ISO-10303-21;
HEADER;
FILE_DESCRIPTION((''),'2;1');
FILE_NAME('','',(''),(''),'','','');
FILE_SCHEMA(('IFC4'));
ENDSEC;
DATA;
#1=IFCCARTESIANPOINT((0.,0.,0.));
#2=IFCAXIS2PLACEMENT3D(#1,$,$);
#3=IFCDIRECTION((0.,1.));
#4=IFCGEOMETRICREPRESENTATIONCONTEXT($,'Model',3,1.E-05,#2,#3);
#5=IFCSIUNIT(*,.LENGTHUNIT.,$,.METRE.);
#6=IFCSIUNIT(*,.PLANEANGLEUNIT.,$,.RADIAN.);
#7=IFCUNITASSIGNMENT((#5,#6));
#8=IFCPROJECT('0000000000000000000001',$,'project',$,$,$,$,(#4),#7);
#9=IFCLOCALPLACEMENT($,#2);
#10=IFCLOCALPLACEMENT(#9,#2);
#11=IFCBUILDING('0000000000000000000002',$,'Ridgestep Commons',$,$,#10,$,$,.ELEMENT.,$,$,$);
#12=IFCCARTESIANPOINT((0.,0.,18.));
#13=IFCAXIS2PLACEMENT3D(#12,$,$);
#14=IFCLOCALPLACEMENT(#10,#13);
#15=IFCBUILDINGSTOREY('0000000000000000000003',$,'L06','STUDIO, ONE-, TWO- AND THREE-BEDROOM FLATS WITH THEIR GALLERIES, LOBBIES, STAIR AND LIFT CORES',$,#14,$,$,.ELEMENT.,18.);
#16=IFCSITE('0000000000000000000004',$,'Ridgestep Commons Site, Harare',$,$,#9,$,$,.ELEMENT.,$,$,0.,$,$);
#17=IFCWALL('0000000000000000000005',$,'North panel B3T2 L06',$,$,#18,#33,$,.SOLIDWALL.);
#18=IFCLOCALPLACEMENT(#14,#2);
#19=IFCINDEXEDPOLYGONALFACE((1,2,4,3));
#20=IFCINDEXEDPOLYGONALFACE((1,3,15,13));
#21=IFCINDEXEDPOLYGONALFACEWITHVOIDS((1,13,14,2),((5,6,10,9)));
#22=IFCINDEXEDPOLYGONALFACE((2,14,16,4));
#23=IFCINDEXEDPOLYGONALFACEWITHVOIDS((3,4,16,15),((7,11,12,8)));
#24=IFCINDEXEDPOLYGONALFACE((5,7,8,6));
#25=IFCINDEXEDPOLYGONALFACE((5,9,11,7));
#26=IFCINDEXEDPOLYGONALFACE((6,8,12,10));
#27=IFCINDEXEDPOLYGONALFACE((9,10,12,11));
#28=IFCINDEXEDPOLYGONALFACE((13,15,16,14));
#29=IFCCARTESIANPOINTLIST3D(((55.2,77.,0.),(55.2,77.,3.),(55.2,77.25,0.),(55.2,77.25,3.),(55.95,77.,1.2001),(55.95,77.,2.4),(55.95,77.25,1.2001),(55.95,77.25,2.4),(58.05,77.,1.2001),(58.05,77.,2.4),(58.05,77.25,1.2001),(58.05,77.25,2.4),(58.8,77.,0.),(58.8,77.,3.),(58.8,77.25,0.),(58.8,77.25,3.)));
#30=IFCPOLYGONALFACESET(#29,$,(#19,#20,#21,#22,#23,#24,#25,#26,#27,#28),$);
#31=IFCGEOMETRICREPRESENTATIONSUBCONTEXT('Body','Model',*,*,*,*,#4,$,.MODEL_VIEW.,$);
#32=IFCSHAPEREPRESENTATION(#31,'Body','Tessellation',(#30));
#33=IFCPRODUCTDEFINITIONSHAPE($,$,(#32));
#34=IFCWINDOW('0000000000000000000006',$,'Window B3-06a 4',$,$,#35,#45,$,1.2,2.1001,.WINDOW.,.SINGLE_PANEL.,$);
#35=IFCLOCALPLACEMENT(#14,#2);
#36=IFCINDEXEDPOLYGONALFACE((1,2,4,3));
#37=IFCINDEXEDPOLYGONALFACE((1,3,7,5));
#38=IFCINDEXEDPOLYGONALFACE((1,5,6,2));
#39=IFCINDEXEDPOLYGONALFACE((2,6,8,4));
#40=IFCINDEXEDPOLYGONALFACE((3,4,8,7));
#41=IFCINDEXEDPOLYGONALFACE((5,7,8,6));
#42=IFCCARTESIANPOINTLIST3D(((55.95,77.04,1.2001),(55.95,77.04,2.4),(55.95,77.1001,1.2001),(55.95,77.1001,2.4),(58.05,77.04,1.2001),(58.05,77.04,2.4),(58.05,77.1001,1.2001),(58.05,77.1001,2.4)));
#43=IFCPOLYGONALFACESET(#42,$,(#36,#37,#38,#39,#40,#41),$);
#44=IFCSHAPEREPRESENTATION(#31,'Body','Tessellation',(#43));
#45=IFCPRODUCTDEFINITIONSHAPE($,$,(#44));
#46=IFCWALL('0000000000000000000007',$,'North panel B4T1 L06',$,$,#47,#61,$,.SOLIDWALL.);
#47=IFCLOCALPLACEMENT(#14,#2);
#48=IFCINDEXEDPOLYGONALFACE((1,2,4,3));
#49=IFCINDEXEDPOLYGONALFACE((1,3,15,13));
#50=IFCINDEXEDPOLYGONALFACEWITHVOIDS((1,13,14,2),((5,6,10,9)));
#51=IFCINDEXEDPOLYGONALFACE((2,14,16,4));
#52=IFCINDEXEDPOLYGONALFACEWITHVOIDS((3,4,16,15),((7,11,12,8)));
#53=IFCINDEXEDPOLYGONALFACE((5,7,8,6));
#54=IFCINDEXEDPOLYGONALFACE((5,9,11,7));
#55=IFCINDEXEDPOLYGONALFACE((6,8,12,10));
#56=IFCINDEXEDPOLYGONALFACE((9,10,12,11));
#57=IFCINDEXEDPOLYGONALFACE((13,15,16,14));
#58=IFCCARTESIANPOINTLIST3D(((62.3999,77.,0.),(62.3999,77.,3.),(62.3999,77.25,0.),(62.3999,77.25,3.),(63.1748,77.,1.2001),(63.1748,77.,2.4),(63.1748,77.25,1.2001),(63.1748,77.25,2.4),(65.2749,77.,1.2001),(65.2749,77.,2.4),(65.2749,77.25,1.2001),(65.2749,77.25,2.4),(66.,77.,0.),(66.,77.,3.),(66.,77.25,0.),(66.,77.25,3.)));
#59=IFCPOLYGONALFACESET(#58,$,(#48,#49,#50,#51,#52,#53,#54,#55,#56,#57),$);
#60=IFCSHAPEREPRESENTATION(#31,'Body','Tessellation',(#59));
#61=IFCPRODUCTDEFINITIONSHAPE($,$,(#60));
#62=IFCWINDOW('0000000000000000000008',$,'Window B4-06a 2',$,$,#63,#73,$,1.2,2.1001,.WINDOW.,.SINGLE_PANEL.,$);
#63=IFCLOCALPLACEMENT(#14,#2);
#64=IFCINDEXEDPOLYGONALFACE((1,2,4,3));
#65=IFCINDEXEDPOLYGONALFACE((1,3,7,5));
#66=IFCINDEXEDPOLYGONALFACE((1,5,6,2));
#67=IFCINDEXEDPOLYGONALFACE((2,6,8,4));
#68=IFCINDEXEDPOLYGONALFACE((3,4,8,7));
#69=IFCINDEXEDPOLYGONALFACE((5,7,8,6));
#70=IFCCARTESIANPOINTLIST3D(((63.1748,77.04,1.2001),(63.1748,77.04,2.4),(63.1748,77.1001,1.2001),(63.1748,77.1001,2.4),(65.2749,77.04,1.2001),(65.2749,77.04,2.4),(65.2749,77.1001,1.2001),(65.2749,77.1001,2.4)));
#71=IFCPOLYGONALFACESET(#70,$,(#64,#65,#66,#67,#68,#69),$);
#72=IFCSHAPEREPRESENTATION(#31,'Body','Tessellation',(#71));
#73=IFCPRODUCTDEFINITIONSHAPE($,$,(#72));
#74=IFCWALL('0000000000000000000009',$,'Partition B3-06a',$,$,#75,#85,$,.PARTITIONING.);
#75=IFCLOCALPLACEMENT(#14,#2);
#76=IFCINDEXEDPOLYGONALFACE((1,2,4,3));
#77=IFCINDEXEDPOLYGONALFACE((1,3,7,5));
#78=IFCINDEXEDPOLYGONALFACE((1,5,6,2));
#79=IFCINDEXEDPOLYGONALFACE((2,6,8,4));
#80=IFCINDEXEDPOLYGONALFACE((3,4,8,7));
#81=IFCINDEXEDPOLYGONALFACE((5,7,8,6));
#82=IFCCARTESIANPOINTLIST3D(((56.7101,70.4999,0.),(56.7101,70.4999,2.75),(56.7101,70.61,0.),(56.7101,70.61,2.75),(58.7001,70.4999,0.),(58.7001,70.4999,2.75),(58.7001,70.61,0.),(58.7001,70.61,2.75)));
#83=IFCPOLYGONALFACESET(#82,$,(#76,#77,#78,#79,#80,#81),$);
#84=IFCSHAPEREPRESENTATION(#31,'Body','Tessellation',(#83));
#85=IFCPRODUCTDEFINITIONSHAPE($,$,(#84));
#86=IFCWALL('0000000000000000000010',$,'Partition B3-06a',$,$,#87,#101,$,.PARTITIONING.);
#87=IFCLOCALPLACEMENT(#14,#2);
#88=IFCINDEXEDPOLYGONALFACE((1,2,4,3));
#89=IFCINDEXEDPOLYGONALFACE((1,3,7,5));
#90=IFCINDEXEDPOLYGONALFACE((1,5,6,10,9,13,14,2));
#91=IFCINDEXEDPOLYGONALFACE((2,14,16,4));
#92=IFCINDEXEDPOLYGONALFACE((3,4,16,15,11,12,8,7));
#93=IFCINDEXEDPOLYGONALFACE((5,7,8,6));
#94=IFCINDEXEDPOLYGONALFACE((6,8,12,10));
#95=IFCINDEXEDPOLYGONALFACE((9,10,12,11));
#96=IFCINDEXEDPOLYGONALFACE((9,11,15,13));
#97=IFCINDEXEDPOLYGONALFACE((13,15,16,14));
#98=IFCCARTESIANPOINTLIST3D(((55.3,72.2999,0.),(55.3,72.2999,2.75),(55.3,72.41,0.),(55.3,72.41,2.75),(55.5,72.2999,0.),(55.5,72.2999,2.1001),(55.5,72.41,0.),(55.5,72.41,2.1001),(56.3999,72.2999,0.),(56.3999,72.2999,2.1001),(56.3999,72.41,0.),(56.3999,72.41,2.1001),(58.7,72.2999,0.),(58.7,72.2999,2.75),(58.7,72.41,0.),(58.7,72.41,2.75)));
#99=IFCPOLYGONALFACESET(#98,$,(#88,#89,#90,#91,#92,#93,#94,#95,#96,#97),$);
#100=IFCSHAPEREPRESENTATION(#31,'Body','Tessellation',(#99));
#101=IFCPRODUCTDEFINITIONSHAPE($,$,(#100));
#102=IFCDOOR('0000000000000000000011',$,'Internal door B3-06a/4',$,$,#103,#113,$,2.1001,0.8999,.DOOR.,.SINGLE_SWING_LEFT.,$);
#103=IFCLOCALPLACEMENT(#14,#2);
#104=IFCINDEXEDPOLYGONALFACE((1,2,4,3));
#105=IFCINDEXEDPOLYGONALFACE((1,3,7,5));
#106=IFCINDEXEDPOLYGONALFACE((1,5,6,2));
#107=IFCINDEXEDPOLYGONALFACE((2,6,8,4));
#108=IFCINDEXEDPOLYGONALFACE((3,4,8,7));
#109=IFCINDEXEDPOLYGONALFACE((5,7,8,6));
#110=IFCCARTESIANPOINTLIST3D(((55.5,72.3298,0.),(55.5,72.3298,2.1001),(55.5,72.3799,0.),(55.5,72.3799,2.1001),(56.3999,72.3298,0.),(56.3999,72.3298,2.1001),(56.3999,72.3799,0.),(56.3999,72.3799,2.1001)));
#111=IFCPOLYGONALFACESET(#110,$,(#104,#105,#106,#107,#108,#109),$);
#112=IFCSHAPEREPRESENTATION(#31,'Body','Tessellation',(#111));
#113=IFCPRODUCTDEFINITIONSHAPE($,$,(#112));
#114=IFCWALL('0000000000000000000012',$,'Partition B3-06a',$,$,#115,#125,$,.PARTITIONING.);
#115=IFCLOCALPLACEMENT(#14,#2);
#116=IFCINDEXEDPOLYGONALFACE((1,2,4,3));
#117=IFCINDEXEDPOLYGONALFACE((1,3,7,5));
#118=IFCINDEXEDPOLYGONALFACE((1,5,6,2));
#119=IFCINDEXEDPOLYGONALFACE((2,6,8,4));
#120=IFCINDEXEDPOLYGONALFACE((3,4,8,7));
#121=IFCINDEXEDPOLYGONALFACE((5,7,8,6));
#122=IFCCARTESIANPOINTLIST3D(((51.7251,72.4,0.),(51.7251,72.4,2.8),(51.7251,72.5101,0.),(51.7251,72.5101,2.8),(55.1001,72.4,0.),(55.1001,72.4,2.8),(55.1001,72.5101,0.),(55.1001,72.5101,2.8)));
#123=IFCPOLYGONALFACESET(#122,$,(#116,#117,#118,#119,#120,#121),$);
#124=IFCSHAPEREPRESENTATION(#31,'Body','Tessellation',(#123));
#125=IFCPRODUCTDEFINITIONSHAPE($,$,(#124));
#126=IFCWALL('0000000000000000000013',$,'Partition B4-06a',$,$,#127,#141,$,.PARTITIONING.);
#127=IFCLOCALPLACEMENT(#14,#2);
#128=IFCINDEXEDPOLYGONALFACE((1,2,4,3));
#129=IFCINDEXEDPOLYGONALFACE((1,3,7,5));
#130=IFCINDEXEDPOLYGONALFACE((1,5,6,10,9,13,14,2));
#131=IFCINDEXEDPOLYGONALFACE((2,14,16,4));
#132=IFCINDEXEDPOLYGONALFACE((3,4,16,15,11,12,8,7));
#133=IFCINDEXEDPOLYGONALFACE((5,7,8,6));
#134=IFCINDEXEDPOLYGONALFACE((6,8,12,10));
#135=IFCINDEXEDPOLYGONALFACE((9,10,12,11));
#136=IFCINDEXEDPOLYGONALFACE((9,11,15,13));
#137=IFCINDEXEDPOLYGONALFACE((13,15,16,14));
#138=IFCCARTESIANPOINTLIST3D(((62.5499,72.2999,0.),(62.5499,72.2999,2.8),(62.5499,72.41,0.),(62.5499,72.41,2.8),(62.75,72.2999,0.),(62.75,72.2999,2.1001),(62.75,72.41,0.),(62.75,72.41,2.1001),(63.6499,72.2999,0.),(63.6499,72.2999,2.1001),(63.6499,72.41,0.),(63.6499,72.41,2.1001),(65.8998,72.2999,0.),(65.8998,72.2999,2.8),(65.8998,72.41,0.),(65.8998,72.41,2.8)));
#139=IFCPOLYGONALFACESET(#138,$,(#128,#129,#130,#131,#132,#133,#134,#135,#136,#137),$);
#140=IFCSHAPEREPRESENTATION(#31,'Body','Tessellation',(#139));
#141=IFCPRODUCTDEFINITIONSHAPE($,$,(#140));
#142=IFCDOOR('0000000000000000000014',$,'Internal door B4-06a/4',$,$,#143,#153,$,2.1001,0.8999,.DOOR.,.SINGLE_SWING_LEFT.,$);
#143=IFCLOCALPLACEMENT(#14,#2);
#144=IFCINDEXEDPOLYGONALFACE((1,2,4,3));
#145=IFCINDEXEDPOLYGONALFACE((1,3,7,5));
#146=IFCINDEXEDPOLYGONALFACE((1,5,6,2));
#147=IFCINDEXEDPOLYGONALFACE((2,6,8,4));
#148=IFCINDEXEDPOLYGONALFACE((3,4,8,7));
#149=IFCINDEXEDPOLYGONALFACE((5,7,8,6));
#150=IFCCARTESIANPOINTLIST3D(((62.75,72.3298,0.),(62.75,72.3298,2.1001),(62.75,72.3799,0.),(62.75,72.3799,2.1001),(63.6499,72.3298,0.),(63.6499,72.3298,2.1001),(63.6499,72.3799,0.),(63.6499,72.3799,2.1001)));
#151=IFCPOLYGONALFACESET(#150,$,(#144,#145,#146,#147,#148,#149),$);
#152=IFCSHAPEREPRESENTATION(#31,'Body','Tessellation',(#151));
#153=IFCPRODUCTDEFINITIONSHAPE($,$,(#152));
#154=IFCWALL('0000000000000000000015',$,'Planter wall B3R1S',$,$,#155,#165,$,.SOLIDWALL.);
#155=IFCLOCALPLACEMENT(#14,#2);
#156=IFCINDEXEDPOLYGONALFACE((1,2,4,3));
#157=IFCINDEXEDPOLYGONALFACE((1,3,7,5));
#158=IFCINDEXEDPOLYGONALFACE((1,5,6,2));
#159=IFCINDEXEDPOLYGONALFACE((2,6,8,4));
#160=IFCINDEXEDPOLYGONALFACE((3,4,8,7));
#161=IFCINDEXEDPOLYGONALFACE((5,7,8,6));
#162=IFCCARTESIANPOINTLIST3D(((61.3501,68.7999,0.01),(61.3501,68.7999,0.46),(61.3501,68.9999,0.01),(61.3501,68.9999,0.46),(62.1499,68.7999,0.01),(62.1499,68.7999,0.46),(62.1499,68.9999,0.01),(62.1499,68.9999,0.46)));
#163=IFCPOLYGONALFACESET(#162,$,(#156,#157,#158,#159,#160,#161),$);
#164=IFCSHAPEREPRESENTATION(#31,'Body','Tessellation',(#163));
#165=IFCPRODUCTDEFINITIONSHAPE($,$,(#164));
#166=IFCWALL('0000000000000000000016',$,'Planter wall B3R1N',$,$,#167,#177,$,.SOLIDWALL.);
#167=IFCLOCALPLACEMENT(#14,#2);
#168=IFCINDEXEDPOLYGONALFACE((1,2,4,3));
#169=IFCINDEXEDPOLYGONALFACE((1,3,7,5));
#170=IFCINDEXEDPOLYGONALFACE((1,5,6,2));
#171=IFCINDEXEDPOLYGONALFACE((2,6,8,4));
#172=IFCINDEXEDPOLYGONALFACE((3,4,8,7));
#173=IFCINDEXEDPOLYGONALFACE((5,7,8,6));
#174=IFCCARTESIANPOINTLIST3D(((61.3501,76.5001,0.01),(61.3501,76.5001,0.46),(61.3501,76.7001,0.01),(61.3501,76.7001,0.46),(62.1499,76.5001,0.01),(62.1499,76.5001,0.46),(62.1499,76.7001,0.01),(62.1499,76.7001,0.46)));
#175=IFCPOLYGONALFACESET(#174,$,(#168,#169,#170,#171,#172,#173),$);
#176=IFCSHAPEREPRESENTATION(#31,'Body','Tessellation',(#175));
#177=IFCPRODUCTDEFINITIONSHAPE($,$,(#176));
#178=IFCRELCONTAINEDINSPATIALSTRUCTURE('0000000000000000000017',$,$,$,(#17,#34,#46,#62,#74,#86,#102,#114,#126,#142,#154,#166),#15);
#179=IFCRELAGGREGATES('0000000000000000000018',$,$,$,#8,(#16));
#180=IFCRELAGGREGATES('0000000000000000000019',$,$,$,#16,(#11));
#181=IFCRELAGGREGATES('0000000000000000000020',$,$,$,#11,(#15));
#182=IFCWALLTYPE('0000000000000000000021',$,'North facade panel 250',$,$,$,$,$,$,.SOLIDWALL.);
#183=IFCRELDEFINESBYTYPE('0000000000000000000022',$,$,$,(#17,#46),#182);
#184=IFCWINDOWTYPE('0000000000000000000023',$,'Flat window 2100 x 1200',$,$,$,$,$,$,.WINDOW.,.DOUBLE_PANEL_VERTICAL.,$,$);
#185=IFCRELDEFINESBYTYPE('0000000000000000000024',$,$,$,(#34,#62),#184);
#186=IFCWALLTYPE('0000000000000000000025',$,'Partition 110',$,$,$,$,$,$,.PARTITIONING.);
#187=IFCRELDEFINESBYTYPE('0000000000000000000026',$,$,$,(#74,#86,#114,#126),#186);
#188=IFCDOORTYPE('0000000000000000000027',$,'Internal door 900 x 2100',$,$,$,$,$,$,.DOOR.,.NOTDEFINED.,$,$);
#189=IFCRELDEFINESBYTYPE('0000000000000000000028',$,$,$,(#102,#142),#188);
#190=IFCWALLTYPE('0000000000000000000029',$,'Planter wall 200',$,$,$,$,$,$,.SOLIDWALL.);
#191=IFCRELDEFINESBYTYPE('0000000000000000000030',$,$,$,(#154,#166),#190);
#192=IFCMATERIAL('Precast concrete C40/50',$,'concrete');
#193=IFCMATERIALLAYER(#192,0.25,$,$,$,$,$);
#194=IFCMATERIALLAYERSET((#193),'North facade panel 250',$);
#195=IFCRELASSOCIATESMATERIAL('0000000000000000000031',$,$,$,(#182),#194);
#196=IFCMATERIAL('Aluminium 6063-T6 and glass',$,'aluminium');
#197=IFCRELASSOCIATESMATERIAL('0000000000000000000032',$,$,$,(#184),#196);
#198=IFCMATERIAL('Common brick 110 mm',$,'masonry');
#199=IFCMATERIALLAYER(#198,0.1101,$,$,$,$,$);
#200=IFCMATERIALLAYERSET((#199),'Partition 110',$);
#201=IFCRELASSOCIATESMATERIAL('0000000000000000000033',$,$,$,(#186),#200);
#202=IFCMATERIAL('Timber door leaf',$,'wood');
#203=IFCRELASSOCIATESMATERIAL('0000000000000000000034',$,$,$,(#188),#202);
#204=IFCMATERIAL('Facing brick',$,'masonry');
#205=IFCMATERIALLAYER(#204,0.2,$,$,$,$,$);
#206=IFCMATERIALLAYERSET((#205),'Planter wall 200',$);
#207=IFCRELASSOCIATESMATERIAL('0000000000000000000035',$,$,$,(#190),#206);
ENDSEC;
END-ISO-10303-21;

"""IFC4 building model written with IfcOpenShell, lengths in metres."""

from ifc_helpers import new_model, si_unit, direction, frame, frame_2d, origin, place, context, subcontext, project, spatial, rectangle, extrude, material, layer, layer_set, type_object, element, fill, save


model = new_model("IFC4")

# Units and contexts
model_context = context("Model", 3, precision=1e-05, world=origin(), true_north=direction((0.0, 1.0)))
body_context = subcontext(model_context, "Body", "Model", "MODEL_VIEW")
ifc_project = project(units=[si_unit("LENGTHUNIT", "METRE"), si_unit("PLANEANGLEUNIT", "RADIAN")], contexts=[model_context])

# Site, building, storey
site_placement = place(None, origin())
site = spatial("IfcSite", under=ifc_project, at=site_placement, Name="Ridgestep Commons Site, Harare", CompositionType="ELEMENT", RefElevation=0.0)
building_placement = place(site_placement, origin())
building = spatial("IfcBuilding", under=site, at=building_placement, Name="Ridgestep Commons", CompositionType="ELEMENT")
storey_placement = place(building_placement, frame((0.0, 0.0, 18.0)))
storey = spatial("IfcBuildingStorey", under=building, at=storey_placement, Name="L06", Description="STUDIO, ONE-, TWO- AND THREE-BEDROOM FLATS WITH THEIR GALLERIES, LOBBIES, STAIR AND LIFT CORES", CompositionType="ELEMENT", Elevation=18.0)

# Walls, openings, windows
ifc_material_1 = material(Name="Precast concrete C40/50", Category="concrete")
ifc_layer_1 = layer(ifc_material_1, 0.25)
ifc_layer_set_1 = layer_set([ifc_layer_1], Name="North facade panel 250")
wall_type_1 = type_object("IfcWallType", Name="North facade panel 250", PredefinedType="SOLIDWALL", material=ifc_layer_set_1)
wall_1_placement = place(storey_placement, frame((55.2, 77.125, 0.0), z_axis=(0.0, 0.0, 1.0), x_axis=(1.0, 0.0, 0.0)))
wall_1 = element("IfcWall", 1, at=wall_1_placement, inside=storey, type_object=wall_type_1, Name="North panel B3T2 L06", PredefinedType="SOLIDWALL", context=body_context, shape_type="SweptSolid", body=[
    extrude(rectangle(XDim=3.6001, YDim=0.25, at=frame_2d((1.8, 0.0))), origin(), (0.0, 0.0, 1.0), 3.0),
])
opening_1_placement = place(wall_1_placement, frame((0.75, 0.0, 1.2)))
opening_1 = element("IfcOpeningElement", 2, at=opening_1_placement, cuts=wall_1, PredefinedType="OPENING", context=body_context, shape_type="SweptSolid", body=[
    extrude(rectangle(XDim=2.1001, YDim=1.2, at=frame_2d((1.05, 0.6001))), frame((0.0, 0.135, 0.0), z_axis=(0.0, -1.0, 0.0), x_axis=(1.0, 0.0, 0.0)), (0.0, 0.0, 1.0), 0.27),
])
ifc_material_2 = material(Name="Aluminium 6063-T6 and glass", Category="aluminium")
window_type = type_object("IfcWindowType", Name="Flat window 2100 x 1200", PartitioningType="DOUBLE_PANEL_VERTICAL", PredefinedType="WINDOW", material=ifc_material_2)
window_1_placement = place(opening_1_placement, origin())
window_1 = element("IfcWindow", 3, at=window_1_placement, inside=storey, type_object=window_type, Name="Window B3-06a 4", OverallHeight=1.2, OverallWidth=2.1001, PartitioningType="SINGLE_PANEL", PredefinedType="WINDOW", context=body_context, shape_type="SweptSolid", body=[
    extrude(rectangle(XDim=2.1001, YDim=1.2, at=frame_2d((1.05, 0.6001))), frame((0.0, -0.0249, 0.0), z_axis=(0.0, -1.0, 0.0), x_axis=(1.0, 0.0, 0.0)), (0.0, 0.0, 1.0), 0.0601),
])
fill(opening_1, window_1)
wall_2_placement = place(storey_placement, frame((62.3999, 77.125, 0.0), z_axis=(0.0, 0.0, 1.0), x_axis=(1.0, 0.0, 0.0)))
wall_2 = element("IfcWall", 4, at=wall_2_placement, inside=storey, type_object=wall_type_1, Name="North panel B4T1 L06", PredefinedType="SOLIDWALL", context=body_context, shape_type="SweptSolid", body=[
    extrude(rectangle(XDim=3.6001, YDim=0.25, at=frame_2d((1.8, 0.0))), origin(), (0.0, 0.0, 1.0), 3.0),
])
opening_2_placement = place(wall_2_placement, frame((0.7749, 0.0, 1.2)))
opening_2 = element("IfcOpeningElement", 5, at=opening_2_placement, cuts=wall_2, PredefinedType="OPENING", context=body_context, shape_type="SweptSolid", body=[
    extrude(rectangle(XDim=2.1001, YDim=1.2, at=frame_2d((1.05, 0.6001))), frame((0.0, 0.135, 0.0), z_axis=(0.0, -1.0, 0.0), x_axis=(1.0, 0.0, 0.0)), (0.0, 0.0, 1.0), 0.27),
])
window_2_placement = place(opening_2_placement, origin())
window_2 = element("IfcWindow", 6, at=window_2_placement, inside=storey, type_object=window_type, Name="Window B4-06a 2", OverallHeight=1.2, OverallWidth=2.1001, PartitioningType="SINGLE_PANEL", PredefinedType="WINDOW", context=body_context, shape_type="SweptSolid", body=[
    extrude(rectangle(XDim=2.1001, YDim=1.2, at=frame_2d((1.05, 0.6001))), frame((0.0, -0.0249, 0.0), z_axis=(0.0, -1.0, 0.0), x_axis=(1.0, 0.0, 0.0)), (0.0, 0.0, 1.0), 0.0601),
])
fill(opening_2, window_2)

# Wall
ifc_material_3 = material(Name="Common brick 110 mm", Category="masonry")
ifc_layer_2 = layer(ifc_material_3, 0.1101)
ifc_layer_set_2 = layer_set([ifc_layer_2], Name="Partition 110")
wall_type_2 = type_object("IfcWallType", Name="Partition 110", PredefinedType="PARTITIONING", material=ifc_layer_set_2)
wall_3_placement = place(storey_placement, frame((56.71, 70.5549, 0.0), z_axis=(0.0, 0.0, 1.0), x_axis=(1.0, 0.0, 0.0)))
element("IfcWall", 7, at=wall_3_placement, inside=storey, type_object=wall_type_2, Name="Partition B3-06a", PredefinedType="PARTITIONING", context=body_context, shape_type="SweptSolid", body=[
    extrude(rectangle(XDim=1.99, YDim=0.1101, at=frame_2d((0.9951, 0.0))), origin(), (0.0, 0.0, 1.0), 2.75),
])

# Wall, opening, door
wall_4_placement = place(storey_placement, frame((55.3, 72.355, 0.0), z_axis=(0.0, 0.0, 1.0), x_axis=(1.0, 0.0, 0.0)))
wall_4 = element("IfcWall", 8, at=wall_4_placement, inside=storey, type_object=wall_type_2, Name="Partition B3-06a", PredefinedType="PARTITIONING", context=body_context, shape_type="SweptSolid", body=[
    extrude(rectangle(XDim=3.3999, YDim=0.1101, at=frame_2d((1.7, 0.0))), origin(), (0.0, 0.0, 1.0), 2.75),
])
opening_3_placement = place(wall_4_placement, frame((0.2, 0.0, 0.0)))
opening_3 = element("IfcOpeningElement", 9, at=opening_3_placement, cuts=wall_4, PredefinedType="OPENING", context=body_context, shape_type="SweptSolid", body=[
    extrude(rectangle(XDim=0.8999, YDim=2.1001, at=frame_2d((0.45, 1.05))), frame((0.0, 0.0649, 0.0), z_axis=(0.0, -1.0, 0.0), x_axis=(1.0, 0.0, 0.0)), (0.0, 0.0, 1.0), 0.1301),
])
ifc_material_4 = material(Name="Timber door leaf", Category="wood")
door_type = type_object("IfcDoorType", Name="Internal door 900 x 2100", OperationType="NOTDEFINED", PredefinedType="DOOR", material=ifc_material_4)
door_1_placement = place(opening_3_placement, origin())
door_1 = element("IfcDoor", 10, at=door_1_placement, inside=storey, type_object=door_type, Name="Internal door B3-06a/4", OperationType="SINGLE_SWING_LEFT", OverallHeight=2.1001, OverallWidth=0.8999, PredefinedType="DOOR", context=body_context, shape_type="SweptSolid", body=[
    extrude(rectangle(XDim=0.8999, YDim=2.1001, at=frame_2d((0.45, 1.05))), frame((0.0, 0.0249, 0.0), z_axis=(0.0, -1.0, 0.0), x_axis=(1.0, 0.0, 0.0)), (0.0, 0.0, 1.0), 0.05),
])
fill(opening_3, door_1)

# Wall
wall_5_placement = place(storey_placement, frame((51.7251, 72.4551, 0.0), z_axis=(0.0, 0.0, 1.0), x_axis=(1.0, 0.0, 0.0)))
element("IfcWall", 11, at=wall_5_placement, inside=storey, type_object=wall_type_2, Name="Partition B3-06a", PredefinedType="PARTITIONING", context=body_context, shape_type="SweptSolid", body=[
    extrude(rectangle(XDim=3.375, YDim=0.1101, at=frame_2d((1.6875, 0.0))), origin(), (0.0, 0.0, 1.0), 2.8),
])

# Wall, opening, door
wall_6_placement = place(storey_placement, frame((62.55, 72.355, 0.0), z_axis=(0.0, 0.0, 1.0), x_axis=(1.0, 0.0, 0.0)))
wall_6 = element("IfcWall", 12, at=wall_6_placement, inside=storey, type_object=wall_type_2, Name="Partition B4-06a", PredefinedType="PARTITIONING", context=body_context, shape_type="SweptSolid", body=[
    extrude(rectangle(XDim=3.3499, YDim=0.1101, at=frame_2d((1.6748, 0.0))), origin(), (0.0, 0.0, 1.0), 2.8),
])
opening_4_placement = place(wall_6_placement, frame((0.2, 0.0, 0.0)))
opening_4 = element("IfcOpeningElement", 13, at=opening_4_placement, cuts=wall_6, PredefinedType="OPENING", context=body_context, shape_type="SweptSolid", body=[
    extrude(rectangle(XDim=0.8999, YDim=2.1001, at=frame_2d((0.45, 1.05))), frame((0.0, 0.0649, 0.0), z_axis=(0.0, -1.0, 0.0), x_axis=(1.0, 0.0, 0.0)), (0.0, 0.0, 1.0), 0.1301),
])
door_2_placement = place(opening_4_placement, origin())
door_2 = element("IfcDoor", 14, at=door_2_placement, inside=storey, type_object=door_type, Name="Internal door B4-06a/4", OperationType="SINGLE_SWING_LEFT", OverallHeight=2.1001, OverallWidth=0.8999, PredefinedType="DOOR", context=body_context, shape_type="SweptSolid", body=[
    extrude(rectangle(XDim=0.8999, YDim=2.1001, at=frame_2d((0.45, 1.05))), frame((0.0, 0.0249, 0.0), z_axis=(0.0, -1.0, 0.0), x_axis=(1.0, 0.0, 0.0)), (0.0, 0.0, 1.0), 0.05),
])
fill(opening_4, door_2)

# Walls
ifc_material_5 = material(Name="Facing brick", Category="masonry")
ifc_layer_3 = layer(ifc_material_5, 0.2)
ifc_layer_set_3 = layer_set([ifc_layer_3], Name="Planter wall 200")
wall_type_3 = type_object("IfcWallType", Name="Planter wall 200", PredefinedType="SOLIDWALL", material=ifc_layer_set_3)
for number, where, z_axis, x_axis, name in (
    (15, (61.3501, 68.8999, 0.01), (0.0, 0.0, 1.0), (1.0, 0.0, 0.0), "Planter wall B3R1S"),
    (16, (61.3501, 76.6001, 0.01), (0.0, 0.0, 1.0), (1.0, 0.0, 0.0), "Planter wall B3R1N"),
):
    element("IfcWall", number, at=place(storey_placement, frame(where, z_axis=z_axis, x_axis=x_axis)), inside=storey, type_object=wall_type_3, Name=name, PredefinedType="SOLIDWALL", context=body_context, shape_type="SweptSolid", body=[
        extrude(rectangle(XDim=0.7998, YDim=0.2, at=frame_2d((0.3999, 0.0))), origin(), (0.0, 0.0, 1.0), 0.45),
    ])

save(model, "model.ifc")
